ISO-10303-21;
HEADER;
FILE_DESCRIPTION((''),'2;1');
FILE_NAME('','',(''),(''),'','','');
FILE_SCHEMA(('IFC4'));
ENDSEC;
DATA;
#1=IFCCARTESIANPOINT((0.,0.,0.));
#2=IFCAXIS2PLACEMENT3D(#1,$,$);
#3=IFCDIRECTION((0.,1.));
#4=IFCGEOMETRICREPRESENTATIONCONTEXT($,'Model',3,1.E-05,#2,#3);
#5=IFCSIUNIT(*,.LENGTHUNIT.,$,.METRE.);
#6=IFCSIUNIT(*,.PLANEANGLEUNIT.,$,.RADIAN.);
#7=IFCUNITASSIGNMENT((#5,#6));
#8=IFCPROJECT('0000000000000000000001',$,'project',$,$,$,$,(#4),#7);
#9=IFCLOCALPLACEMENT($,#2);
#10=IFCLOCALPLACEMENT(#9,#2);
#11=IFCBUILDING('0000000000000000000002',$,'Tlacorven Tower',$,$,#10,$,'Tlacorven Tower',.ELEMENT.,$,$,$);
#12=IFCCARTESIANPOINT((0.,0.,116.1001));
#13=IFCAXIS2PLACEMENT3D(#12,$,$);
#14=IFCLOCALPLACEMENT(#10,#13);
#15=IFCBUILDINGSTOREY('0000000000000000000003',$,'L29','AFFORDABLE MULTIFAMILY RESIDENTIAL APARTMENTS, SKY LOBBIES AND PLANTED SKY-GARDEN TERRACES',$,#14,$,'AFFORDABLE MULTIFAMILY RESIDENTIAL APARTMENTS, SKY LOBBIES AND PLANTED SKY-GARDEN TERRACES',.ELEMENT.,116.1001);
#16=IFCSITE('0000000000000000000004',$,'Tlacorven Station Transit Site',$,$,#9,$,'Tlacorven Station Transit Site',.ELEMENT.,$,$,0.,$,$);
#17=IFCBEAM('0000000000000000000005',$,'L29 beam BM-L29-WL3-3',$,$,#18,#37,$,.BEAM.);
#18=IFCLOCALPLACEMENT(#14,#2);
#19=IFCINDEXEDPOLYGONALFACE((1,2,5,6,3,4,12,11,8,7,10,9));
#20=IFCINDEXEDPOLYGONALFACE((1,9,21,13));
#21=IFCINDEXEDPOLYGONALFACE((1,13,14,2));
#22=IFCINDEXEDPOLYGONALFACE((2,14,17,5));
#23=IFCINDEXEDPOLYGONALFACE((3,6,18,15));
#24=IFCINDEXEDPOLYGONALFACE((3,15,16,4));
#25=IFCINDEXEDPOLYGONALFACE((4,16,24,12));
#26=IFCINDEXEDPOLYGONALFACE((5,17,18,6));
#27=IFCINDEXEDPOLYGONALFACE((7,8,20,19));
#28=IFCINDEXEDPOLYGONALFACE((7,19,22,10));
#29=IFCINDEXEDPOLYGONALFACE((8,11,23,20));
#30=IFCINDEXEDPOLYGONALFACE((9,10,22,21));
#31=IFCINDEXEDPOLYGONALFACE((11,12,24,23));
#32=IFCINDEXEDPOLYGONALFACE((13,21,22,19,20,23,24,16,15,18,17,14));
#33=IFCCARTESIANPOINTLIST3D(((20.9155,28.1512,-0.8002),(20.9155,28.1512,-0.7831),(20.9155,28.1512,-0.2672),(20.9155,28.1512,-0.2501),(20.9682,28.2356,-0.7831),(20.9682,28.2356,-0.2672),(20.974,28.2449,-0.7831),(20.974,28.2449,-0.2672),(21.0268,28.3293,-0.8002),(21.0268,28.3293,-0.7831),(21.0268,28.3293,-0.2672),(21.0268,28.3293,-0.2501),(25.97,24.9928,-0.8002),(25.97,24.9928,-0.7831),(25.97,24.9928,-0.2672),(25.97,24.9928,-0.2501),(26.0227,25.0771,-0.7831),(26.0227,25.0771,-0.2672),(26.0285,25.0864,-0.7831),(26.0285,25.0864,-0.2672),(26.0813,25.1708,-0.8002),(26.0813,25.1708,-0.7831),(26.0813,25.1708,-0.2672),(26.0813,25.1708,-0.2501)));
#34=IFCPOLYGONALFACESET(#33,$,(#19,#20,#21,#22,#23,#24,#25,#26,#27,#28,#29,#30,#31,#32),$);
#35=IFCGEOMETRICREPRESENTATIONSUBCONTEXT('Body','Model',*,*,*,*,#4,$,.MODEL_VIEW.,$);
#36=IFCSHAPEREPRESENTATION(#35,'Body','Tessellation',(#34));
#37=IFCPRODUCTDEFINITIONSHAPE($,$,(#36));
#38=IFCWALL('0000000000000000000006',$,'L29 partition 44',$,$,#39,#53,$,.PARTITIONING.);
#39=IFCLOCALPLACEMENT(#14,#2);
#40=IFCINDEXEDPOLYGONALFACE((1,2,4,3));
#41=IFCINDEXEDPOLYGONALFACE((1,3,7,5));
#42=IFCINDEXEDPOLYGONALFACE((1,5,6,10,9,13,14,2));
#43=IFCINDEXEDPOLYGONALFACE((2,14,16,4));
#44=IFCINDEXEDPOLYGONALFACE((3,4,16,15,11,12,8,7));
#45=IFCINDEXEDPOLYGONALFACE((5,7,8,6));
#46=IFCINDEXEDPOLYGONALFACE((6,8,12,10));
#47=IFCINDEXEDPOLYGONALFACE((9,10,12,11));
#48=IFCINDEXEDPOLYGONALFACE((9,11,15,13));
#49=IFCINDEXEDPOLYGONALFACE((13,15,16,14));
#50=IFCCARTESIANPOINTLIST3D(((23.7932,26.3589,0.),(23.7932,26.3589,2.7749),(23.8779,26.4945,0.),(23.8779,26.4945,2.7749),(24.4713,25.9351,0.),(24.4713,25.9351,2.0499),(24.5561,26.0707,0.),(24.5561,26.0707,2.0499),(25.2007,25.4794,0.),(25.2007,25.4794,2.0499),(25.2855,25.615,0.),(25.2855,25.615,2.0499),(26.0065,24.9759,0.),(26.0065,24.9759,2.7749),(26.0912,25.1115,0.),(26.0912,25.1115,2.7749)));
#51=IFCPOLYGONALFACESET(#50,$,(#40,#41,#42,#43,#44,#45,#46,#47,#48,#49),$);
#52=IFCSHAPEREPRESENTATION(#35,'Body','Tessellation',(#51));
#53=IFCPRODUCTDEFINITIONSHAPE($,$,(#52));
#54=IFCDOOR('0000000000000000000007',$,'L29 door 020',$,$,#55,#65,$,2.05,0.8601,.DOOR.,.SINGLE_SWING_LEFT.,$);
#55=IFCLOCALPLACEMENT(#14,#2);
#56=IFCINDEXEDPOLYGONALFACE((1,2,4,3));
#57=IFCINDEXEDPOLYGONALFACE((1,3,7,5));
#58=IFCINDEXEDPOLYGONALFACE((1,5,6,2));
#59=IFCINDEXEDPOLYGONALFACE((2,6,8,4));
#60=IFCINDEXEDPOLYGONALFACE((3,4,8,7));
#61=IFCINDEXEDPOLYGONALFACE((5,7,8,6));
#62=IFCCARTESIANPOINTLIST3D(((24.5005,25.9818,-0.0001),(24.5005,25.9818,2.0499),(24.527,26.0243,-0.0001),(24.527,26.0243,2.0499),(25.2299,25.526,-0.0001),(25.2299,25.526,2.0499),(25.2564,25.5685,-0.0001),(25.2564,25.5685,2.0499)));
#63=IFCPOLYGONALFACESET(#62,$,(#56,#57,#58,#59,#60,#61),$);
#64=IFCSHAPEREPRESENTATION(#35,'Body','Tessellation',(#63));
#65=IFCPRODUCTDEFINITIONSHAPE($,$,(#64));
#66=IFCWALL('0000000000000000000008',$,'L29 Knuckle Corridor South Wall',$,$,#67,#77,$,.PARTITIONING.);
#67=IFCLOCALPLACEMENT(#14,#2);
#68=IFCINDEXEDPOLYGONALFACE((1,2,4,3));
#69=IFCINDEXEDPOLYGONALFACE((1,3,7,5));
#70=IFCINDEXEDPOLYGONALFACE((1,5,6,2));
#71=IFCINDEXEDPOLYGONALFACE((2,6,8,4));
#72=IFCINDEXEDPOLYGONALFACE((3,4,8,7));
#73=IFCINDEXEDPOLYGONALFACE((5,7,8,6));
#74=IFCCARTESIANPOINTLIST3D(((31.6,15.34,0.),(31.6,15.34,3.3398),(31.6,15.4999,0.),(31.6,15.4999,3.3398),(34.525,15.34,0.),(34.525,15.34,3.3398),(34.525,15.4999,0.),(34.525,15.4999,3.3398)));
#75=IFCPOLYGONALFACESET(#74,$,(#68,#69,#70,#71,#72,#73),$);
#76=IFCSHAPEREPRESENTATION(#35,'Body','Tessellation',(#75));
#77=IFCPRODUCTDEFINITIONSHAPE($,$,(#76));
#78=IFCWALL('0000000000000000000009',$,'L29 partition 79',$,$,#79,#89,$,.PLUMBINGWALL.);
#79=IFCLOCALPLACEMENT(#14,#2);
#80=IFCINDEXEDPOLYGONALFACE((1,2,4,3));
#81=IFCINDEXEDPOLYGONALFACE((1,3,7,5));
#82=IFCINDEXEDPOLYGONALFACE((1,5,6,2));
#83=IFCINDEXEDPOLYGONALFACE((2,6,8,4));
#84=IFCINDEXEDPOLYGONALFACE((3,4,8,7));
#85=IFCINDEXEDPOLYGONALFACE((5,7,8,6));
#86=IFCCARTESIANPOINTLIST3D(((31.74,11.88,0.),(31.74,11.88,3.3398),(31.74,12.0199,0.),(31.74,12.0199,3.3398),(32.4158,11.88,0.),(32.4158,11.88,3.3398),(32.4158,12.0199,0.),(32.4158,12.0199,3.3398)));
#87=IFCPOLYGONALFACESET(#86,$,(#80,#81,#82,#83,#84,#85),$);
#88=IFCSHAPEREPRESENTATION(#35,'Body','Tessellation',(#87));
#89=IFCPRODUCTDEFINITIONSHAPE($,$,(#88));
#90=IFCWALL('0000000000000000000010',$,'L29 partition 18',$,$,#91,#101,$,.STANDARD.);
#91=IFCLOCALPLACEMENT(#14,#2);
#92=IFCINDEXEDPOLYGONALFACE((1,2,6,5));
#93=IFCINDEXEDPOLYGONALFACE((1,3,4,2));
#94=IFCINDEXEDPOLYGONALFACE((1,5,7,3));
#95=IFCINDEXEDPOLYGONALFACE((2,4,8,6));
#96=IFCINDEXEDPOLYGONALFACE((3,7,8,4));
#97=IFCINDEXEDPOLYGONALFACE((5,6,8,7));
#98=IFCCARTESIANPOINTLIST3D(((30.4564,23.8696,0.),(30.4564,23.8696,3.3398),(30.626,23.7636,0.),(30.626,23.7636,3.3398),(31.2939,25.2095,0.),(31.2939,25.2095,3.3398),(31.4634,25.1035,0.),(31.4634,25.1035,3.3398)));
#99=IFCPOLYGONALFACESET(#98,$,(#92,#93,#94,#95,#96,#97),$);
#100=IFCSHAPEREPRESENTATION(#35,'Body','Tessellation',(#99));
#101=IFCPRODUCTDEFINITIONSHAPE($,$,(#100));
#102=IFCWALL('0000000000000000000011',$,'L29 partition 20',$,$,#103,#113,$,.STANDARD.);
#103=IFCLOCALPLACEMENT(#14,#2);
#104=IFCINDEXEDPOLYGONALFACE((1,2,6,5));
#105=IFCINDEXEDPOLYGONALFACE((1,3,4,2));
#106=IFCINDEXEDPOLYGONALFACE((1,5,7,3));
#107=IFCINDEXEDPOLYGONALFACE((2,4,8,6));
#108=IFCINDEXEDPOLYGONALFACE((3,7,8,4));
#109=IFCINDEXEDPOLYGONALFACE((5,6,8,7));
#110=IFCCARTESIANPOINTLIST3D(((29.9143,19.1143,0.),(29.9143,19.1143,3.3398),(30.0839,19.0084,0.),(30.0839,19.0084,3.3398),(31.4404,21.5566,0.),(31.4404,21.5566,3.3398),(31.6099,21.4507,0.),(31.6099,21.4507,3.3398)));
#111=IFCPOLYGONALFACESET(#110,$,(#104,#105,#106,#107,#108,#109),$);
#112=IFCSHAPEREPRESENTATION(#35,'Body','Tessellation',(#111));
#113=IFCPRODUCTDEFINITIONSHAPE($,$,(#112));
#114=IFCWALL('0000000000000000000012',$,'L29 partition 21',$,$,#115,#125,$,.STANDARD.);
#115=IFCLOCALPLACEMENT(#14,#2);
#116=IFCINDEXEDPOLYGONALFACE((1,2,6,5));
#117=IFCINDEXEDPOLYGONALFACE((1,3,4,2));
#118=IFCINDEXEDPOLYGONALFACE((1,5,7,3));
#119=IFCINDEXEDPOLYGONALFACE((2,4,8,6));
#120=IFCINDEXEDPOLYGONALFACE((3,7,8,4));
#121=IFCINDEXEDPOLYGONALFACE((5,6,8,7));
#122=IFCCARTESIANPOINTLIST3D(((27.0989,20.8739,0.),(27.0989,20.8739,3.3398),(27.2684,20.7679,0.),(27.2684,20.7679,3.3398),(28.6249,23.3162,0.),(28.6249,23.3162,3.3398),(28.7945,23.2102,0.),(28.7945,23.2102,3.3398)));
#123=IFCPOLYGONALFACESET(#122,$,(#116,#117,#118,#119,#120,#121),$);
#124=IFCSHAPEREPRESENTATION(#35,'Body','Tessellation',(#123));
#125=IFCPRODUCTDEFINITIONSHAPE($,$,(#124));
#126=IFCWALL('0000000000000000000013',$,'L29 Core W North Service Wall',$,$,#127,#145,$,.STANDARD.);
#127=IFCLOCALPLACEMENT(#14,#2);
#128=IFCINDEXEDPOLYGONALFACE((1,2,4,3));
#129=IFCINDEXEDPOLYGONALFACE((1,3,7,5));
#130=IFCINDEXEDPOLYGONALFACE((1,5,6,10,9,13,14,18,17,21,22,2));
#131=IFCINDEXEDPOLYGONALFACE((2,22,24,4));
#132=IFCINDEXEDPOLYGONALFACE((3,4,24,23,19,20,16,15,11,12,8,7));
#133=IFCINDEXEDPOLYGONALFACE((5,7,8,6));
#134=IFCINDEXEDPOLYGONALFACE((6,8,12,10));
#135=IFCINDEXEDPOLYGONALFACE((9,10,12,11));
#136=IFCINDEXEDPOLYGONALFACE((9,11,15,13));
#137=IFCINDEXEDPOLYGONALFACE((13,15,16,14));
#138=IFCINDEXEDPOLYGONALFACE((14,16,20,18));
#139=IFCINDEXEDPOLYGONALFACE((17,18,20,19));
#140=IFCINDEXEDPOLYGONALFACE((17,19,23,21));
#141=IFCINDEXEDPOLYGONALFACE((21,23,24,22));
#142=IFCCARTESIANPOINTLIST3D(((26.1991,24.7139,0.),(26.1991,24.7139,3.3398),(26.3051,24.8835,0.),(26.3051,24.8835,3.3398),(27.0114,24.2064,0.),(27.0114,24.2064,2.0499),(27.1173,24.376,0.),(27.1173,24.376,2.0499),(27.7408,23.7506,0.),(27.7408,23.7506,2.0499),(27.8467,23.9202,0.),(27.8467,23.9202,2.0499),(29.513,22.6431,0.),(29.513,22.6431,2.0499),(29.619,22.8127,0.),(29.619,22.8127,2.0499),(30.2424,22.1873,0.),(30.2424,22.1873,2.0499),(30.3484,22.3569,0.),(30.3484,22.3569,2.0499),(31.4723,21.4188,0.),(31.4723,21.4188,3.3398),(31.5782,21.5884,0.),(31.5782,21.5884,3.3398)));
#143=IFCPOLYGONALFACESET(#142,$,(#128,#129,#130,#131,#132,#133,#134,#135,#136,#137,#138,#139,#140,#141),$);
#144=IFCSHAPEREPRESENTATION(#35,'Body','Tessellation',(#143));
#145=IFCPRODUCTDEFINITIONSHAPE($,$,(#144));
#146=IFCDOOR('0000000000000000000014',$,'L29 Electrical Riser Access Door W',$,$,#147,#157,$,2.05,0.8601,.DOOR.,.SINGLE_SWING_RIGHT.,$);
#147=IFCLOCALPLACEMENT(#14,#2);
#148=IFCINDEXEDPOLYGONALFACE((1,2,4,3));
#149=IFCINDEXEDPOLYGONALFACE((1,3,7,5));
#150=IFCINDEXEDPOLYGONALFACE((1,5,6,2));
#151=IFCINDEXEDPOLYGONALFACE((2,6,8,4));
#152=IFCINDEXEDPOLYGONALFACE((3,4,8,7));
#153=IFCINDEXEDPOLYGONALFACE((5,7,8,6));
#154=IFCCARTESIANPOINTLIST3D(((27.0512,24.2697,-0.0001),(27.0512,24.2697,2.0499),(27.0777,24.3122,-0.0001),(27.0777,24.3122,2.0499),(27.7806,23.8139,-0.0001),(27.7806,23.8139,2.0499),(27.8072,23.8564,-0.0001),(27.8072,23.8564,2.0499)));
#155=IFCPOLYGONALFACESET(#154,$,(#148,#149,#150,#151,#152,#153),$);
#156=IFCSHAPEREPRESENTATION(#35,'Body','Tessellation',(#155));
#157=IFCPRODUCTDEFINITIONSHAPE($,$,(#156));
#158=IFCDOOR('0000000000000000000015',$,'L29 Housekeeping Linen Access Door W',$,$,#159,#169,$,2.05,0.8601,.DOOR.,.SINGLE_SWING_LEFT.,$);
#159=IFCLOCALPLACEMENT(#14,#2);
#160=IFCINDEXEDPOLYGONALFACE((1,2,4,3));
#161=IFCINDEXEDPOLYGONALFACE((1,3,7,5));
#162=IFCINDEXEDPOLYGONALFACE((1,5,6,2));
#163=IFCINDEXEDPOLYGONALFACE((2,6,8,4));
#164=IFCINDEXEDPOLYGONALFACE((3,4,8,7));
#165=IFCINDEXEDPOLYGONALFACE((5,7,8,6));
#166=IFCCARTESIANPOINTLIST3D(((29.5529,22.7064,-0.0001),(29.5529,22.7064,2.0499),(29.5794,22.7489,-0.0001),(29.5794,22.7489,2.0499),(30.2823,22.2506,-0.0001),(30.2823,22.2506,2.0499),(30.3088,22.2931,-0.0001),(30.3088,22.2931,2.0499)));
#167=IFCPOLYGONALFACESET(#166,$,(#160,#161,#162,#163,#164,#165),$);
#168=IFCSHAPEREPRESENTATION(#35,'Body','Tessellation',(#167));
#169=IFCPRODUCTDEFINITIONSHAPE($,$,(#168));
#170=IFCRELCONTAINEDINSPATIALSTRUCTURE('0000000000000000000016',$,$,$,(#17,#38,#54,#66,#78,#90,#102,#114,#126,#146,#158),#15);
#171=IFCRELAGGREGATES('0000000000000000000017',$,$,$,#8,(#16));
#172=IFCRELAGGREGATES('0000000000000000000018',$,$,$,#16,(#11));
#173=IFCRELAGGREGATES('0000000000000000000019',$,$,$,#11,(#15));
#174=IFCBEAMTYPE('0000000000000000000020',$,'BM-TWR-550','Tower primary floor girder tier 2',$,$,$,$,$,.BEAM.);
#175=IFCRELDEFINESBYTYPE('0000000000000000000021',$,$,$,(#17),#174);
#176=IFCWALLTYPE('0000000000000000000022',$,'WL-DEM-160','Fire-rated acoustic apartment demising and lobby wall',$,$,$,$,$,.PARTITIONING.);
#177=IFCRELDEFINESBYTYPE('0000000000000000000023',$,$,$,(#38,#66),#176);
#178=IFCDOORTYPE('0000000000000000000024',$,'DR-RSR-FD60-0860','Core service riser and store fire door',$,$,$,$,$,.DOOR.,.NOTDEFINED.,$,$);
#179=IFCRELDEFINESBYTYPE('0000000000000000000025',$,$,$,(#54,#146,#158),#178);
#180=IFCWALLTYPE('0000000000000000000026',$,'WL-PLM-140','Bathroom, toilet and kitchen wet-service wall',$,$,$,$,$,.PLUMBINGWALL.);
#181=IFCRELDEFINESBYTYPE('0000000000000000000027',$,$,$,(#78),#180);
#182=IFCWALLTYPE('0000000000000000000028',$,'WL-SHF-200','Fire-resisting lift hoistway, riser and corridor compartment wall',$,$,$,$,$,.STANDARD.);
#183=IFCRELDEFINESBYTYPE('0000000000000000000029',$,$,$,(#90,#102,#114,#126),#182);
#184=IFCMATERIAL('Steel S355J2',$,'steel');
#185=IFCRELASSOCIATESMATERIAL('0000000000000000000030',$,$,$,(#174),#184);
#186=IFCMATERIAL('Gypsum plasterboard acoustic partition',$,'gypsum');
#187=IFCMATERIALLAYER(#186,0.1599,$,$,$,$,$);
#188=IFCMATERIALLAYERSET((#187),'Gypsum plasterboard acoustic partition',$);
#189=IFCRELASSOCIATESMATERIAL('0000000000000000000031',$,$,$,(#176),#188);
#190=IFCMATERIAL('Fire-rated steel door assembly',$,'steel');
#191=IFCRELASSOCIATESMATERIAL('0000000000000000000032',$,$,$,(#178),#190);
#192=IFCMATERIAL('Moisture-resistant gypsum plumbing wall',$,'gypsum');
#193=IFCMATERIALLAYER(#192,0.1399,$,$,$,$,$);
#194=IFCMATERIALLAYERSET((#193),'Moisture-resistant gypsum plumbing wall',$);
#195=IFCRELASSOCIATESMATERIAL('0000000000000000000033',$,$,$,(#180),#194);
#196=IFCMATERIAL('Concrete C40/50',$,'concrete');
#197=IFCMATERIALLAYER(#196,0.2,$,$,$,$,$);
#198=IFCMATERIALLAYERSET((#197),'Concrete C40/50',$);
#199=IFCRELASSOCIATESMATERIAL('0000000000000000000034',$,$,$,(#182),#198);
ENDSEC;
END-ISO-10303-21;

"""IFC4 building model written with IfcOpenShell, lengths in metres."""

from ifc_helpers import new_model, si_unit, direction, frame, frame_2d, origin, origin_2d, place, context, subcontext, project, spatial, rectangle, i_section, extrude, source, transform, mapped, material, layer, layer_set, material_profile, profile_set, type_object, element, fill, save


model = new_model("IFC4")

# Units and contexts
model_context = context("Model", 3, precision=1e-05, world=origin(), true_north=direction((0.0, 1.0)))
body_context = subcontext(model_context, "Body", "Model", "MODEL_VIEW")
ifc_project = project(units=[si_unit("LENGTHUNIT", "METRE"), si_unit("PLANEANGLEUNIT", "RADIAN")], contexts=[model_context])

# Site, building, storey
site_placement = place(None, origin())
site = spatial("IfcSite", under=ifc_project, at=site_placement, Name="Tlacorven Station Transit Site", LongName="Tlacorven Station Transit Site", CompositionType="ELEMENT", RefElevation=0.0)
building_placement = place(site_placement, origin())
building = spatial("IfcBuilding", under=site, at=building_placement, Name="Tlacorven Tower", LongName="Tlacorven Tower", CompositionType="ELEMENT")
storey_placement = place(building_placement, frame((0.0, 0.0, 116.1001)))
storey = spatial("IfcBuildingStorey", under=building, at=storey_placement, Name="L29", Description="AFFORDABLE MULTIFAMILY RESIDENTIAL APARTMENTS, SKY LOBBIES AND PLANTED SKY-GARDEN TERRACES", LongName="AFFORDABLE MULTIFAMILY RESIDENTIAL APARTMENTS, SKY LOBBIES AND PLANTED SKY-GARDEN TERRACES", CompositionType="ELEMENT", Elevation=116.1001)

# Beam
ifc_material_1 = material(Name="Steel S355J2", Category="steel")
ifc_material_profile = material_profile(ifc_material_1, i_section(OverallWidth=0.21, OverallDepth=0.55, WebThickness=0.011, FlangeThickness=0.0171, at=origin_2d()), Name="IPE 550")
ifc_profile_set = profile_set([ifc_material_profile], Name="Steel S355J2")
beam_type = type_object("IfcBeamType", Name="BM-TWR-550", Description="Tower primary floor girder tier 2", PredefinedType="BEAM", material=ifc_profile_set)
shared_shape_1 = source(origin(), body_context, "Body", "SweptSolid", [
    extrude(i_section(OverallWidth=0.21, OverallDepth=0.55, WebThickness=0.011, FlangeThickness=0.0171, at=origin_2d()), origin(), (0.0, 0.0, 1.0), 5.9602),
])
beam_placement = place(storey_placement, frame((26.0256, 25.0818, -0.5251), z_axis=(-0.848042, 0.529929, 0.0), x_axis=(-0.529929, -0.848042, 0.0)))
element("IfcBeam", 1, at=beam_placement, inside=storey, type_object=beam_type, Name="L29 beam BM-L29-WL3-3", PredefinedType="BEAM", context=body_context, shape_type="MappedRepresentation", body=[
    mapped(shared_shape_1, transform((0.0, 0.0, 0.0), scale=1.0)),
])

# Wall, opening, door
ifc_material_2 = material(Name="Gypsum plasterboard acoustic partition", Category="gypsum")
ifc_layer_1 = layer(ifc_material_2, 0.1599)
ifc_layer_set_1 = layer_set([ifc_layer_1], Name="Gypsum plasterboard acoustic partition")
wall_type_1 = type_object("IfcWallType", Name="WL-DEM-160", Description="Fire-rated acoustic apartment demising and lobby wall", PredefinedType="PARTITIONING", material=ifc_layer_set_1)
wall_1_placement = place(storey_placement, frame((26.0488, 25.0437, 0.0), z_axis=(0.0, 0.0, 1.0), x_axis=(-0.848051, 0.529915, 0.0)))
wall_1 = element("IfcWall", 2, at=wall_1_placement, inside=storey, type_object=wall_type_1, Name="L29 partition 44", PredefinedType="PARTITIONING", context=body_context, shape_type="SweptSolid", body=[
    extrude(rectangle(XDim=2.6099, YDim=0.1599, at=frame_2d((1.3049, 0.0))), origin(), (0.0, 0.0, 1.0), 2.7749),
])
opening_1_placement = place(wall_1_placement, frame((0.95, 0.0, 0.0)))
opening_1 = element("IfcOpeningElement", 3, at=opening_1_placement, cuts=wall_1, PredefinedType="OPENING", context=body_context, shape_type="SweptSolid", body=[
    extrude(rectangle(XDim=0.8601, YDim=2.05, at=frame_2d((0.4302, 1.0249))), frame((0.0, 0.0898, 0.0), z_axis=(0.0, -1.0, 0.0), x_axis=(1.0, 0.0, 0.0)), (0.0, 0.0, 1.0), 0.1799),
])
ifc_material_3 = material(Name="Fire-rated steel door assembly", Category="steel")
door_type = type_object("IfcDoorType", Name="DR-RSR-FD60-0860", Description="Core service riser and store fire door", OperationType="NOTDEFINED", PredefinedType="DOOR", material=ifc_material_3)
shared_shape_2 = source(origin(), body_context, "Body", "SweptSolid", [
    extrude(rectangle(XDim=0.8601, YDim=2.05, at=frame_2d((0.4302, 1.0249))), frame((0.0, 0.0249, 0.0), z_axis=(0.0, -1.0, 0.0), x_axis=(1.0, 0.0, 0.0)), (0.0, 0.0, 1.0), 0.05),
])
door_1_placement = place(opening_1_placement, origin())
door_1 = element("IfcDoor", 4, at=door_1_placement, inside=storey, type_object=door_type, Name="L29 door 020", OperationType="SINGLE_SWING_LEFT", OverallHeight=2.05, OverallWidth=0.8601, PredefinedType="DOOR", context=body_context, shape_type="MappedRepresentation", body=[
    mapped(shared_shape_2, transform((0.0, 0.0, 0.0), scale=1.0)),
])
fill(opening_1, door_1)

# Walls
wall_2_placement = place(storey_placement, frame((31.6001, 15.4199, 0.0), z_axis=(0.0, 0.0, 1.0), x_axis=(1.0, 0.0, 0.0)))
element("IfcWall", 5, at=wall_2_placement, inside=storey, type_object=wall_type_1, Name="L29 Knuckle Corridor South Wall", PredefinedType="PARTITIONING", context=body_context, shape_type="SweptSolid", body=[
    extrude(rectangle(XDim=2.925, YDim=0.1599, at=frame_2d((1.4624, 0.0))), origin(), (0.0, 0.0, 1.0), 3.3398),
])
ifc_material_4 = material(Name="Moisture-resistant gypsum plumbing wall", Category="gypsum")
ifc_layer_2 = layer(ifc_material_4, 0.1399)
ifc_layer_set_2 = layer_set([ifc_layer_2], Name="Moisture-resistant gypsum plumbing wall")
wall_type_2 = type_object("IfcWallType", Name="WL-PLM-140", Description="Bathroom, toilet and kitchen wet-service wall", PredefinedType="PLUMBINGWALL", material=ifc_layer_set_2)
wall_3_placement = place(storey_placement, frame((31.74, 11.95, 0.0), z_axis=(0.0, 0.0, 1.0), x_axis=(1.0, 0.0, 0.0)))
element("IfcWall", 6, at=wall_3_placement, inside=storey, type_object=wall_type_2, Name="L29 partition 79", PredefinedType="PLUMBINGWALL", context=body_context, shape_type="SweptSolid", body=[
    extrude(rectangle(XDim=0.6758, YDim=0.1399, at=frame_2d((0.3379, 0.0))), origin(), (0.0, 0.0, 1.0), 3.3398),
])
ifc_material_5 = material(Name="Concrete C40/50", Category="concrete")
ifc_layer_3 = layer(ifc_material_5, 0.2)
ifc_layer_set_3 = layer_set([ifc_layer_3], Name="Concrete C40/50")
wall_type_3 = type_object("IfcWallType", Name="WL-SHF-200", Description="Fire-resisting lift hoistway, riser and corridor compartment wall", PredefinedType="STANDARD", material=ifc_layer_set_3)
wall_4_placement = place(storey_placement, frame((31.3787, 25.1565, 0.0), z_axis=(0.0, 0.0, 1.0), x_axis=(-0.529999, -0.847998, 0.0)))
element("IfcWall", 7, at=wall_4_placement, inside=storey, type_object=wall_type_3, Name="L29 partition 18", PredefinedType="STANDARD", context=body_context, shape_type="SweptSolid", body=[
    extrude(rectangle(XDim=1.5801, YDim=0.2, at=frame_2d((0.79, 0.0))), origin(), (0.0, 0.0, 1.0), 3.3398),
])
for number, where, z_axis, x_axis, name in (
    (8, (31.5251, 21.5037, 0.0), (0.0, 0.0, 1.0), (-0.529907, -0.848055, 0.0), "L29 partition 20"),
    (9, (28.7097, 23.2632, 0.0), (0.0, 0.0, 1.0), (-0.529907, -0.848055, 0.0), "L29 partition 21"),
):
    element("IfcWall", number, at=place(storey_placement, frame(where, z_axis=z_axis, x_axis=x_axis)), inside=storey, type_object=wall_type_3, Name=name, PredefinedType="STANDARD", context=body_context, shape_type="SweptSolid", body=[
        extrude(rectangle(XDim=2.8799, YDim=0.2, at=frame_2d((1.4399, 0.0))), origin(), (0.0, 0.0, 1.0), 3.3398),
    ])

# Wall, openings, doors
wall_5_placement = place(storey_placement, frame((31.5251, 21.5037, 0.0), z_axis=(0.0, 0.0, 1.0), x_axis=(-0.84804, 0.529932, 0.0)))
wall_5 = element("IfcWall", 10, at=wall_5_placement, inside=storey, type_object=wall_type_3, Name="L29 Core W North Service Wall", PredefinedType="STANDARD", context=body_context, shape_type="SweptSolid", body=[
    extrude(rectangle(XDim=6.218, YDim=0.2, at=frame_2d((3.1089, 0.0))), origin(), (0.0, 0.0, 1.0), 3.3398),
])
opening_2_placement = place(wall_5_placement, frame((4.3999, 0.0, 0.0)))
opening_2 = element("IfcOpeningElement", 11, at=opening_2_placement, cuts=wall_5, PredefinedType="OPENING", context=body_context, shape_type="SweptSolid", body=[
    extrude(rectangle(XDim=0.8601, YDim=2.05, at=frame_2d((0.4302, 1.0249))), frame((0.0, 0.1099, 0.0), z_axis=(0.0, -1.0, 0.0), x_axis=(1.0, 0.0, 0.0)), (0.0, 0.0, 1.0), 0.22),
])
opening_3_placement = place(wall_5_placement, frame((1.45, 0.0, 0.0)))
opening_3 = element("IfcOpeningElement", 12, at=opening_3_placement, cuts=wall_5, PredefinedType="OPENING", context=body_context, shape_type="SweptSolid", body=[
    extrude(rectangle(XDim=0.8601, YDim=2.05, at=frame_2d((0.4302, 1.0249))), frame((0.0, 0.1099, 0.0), z_axis=(0.0, -1.0, 0.0), x_axis=(1.0, 0.0, 0.0)), (0.0, 0.0, 1.0), 0.22),
])
door_2_placement = place(opening_2_placement, frame((0.8601, 0.0, 0.0), z_axis=(0.0, 0.0, 1.0), x_axis=(-1.0, 0.0, 0.0)))
door_2 = element("IfcDoor", 13, at=door_2_placement, inside=storey, type_object=door_type, Name="L29 Electrical Riser Access Door W", OperationType="SINGLE_SWING_RIGHT", OverallHeight=2.05, OverallWidth=0.8601, PredefinedType="DOOR", context=body_context, shape_type="MappedRepresentation", body=[
    mapped(shared_shape_2, transform((0.0, 0.0, 0.0), scale=1.0)),
])
fill(opening_2, door_2)
door_3_placement = place(opening_3_placement, frame((0.8601, 0.0, 0.0), z_axis=(0.0, 0.0, 1.0), x_axis=(-1.0, 0.0, 0.0)))
door_3 = element("IfcDoor", 14, at=door_3_placement, inside=storey, type_object=door_type, Name="L29 Housekeeping Linen Access Door W", OperationType="SINGLE_SWING_LEFT", OverallHeight=2.05, OverallWidth=0.8601, PredefinedType="DOOR", context=body_context, shape_type="MappedRepresentation", body=[
    mapped(shared_shape_2, transform((0.0, 0.0, 0.0), scale=1.0)),
])
fill(opening_3, door_3)

save(model, "model.ifc")
